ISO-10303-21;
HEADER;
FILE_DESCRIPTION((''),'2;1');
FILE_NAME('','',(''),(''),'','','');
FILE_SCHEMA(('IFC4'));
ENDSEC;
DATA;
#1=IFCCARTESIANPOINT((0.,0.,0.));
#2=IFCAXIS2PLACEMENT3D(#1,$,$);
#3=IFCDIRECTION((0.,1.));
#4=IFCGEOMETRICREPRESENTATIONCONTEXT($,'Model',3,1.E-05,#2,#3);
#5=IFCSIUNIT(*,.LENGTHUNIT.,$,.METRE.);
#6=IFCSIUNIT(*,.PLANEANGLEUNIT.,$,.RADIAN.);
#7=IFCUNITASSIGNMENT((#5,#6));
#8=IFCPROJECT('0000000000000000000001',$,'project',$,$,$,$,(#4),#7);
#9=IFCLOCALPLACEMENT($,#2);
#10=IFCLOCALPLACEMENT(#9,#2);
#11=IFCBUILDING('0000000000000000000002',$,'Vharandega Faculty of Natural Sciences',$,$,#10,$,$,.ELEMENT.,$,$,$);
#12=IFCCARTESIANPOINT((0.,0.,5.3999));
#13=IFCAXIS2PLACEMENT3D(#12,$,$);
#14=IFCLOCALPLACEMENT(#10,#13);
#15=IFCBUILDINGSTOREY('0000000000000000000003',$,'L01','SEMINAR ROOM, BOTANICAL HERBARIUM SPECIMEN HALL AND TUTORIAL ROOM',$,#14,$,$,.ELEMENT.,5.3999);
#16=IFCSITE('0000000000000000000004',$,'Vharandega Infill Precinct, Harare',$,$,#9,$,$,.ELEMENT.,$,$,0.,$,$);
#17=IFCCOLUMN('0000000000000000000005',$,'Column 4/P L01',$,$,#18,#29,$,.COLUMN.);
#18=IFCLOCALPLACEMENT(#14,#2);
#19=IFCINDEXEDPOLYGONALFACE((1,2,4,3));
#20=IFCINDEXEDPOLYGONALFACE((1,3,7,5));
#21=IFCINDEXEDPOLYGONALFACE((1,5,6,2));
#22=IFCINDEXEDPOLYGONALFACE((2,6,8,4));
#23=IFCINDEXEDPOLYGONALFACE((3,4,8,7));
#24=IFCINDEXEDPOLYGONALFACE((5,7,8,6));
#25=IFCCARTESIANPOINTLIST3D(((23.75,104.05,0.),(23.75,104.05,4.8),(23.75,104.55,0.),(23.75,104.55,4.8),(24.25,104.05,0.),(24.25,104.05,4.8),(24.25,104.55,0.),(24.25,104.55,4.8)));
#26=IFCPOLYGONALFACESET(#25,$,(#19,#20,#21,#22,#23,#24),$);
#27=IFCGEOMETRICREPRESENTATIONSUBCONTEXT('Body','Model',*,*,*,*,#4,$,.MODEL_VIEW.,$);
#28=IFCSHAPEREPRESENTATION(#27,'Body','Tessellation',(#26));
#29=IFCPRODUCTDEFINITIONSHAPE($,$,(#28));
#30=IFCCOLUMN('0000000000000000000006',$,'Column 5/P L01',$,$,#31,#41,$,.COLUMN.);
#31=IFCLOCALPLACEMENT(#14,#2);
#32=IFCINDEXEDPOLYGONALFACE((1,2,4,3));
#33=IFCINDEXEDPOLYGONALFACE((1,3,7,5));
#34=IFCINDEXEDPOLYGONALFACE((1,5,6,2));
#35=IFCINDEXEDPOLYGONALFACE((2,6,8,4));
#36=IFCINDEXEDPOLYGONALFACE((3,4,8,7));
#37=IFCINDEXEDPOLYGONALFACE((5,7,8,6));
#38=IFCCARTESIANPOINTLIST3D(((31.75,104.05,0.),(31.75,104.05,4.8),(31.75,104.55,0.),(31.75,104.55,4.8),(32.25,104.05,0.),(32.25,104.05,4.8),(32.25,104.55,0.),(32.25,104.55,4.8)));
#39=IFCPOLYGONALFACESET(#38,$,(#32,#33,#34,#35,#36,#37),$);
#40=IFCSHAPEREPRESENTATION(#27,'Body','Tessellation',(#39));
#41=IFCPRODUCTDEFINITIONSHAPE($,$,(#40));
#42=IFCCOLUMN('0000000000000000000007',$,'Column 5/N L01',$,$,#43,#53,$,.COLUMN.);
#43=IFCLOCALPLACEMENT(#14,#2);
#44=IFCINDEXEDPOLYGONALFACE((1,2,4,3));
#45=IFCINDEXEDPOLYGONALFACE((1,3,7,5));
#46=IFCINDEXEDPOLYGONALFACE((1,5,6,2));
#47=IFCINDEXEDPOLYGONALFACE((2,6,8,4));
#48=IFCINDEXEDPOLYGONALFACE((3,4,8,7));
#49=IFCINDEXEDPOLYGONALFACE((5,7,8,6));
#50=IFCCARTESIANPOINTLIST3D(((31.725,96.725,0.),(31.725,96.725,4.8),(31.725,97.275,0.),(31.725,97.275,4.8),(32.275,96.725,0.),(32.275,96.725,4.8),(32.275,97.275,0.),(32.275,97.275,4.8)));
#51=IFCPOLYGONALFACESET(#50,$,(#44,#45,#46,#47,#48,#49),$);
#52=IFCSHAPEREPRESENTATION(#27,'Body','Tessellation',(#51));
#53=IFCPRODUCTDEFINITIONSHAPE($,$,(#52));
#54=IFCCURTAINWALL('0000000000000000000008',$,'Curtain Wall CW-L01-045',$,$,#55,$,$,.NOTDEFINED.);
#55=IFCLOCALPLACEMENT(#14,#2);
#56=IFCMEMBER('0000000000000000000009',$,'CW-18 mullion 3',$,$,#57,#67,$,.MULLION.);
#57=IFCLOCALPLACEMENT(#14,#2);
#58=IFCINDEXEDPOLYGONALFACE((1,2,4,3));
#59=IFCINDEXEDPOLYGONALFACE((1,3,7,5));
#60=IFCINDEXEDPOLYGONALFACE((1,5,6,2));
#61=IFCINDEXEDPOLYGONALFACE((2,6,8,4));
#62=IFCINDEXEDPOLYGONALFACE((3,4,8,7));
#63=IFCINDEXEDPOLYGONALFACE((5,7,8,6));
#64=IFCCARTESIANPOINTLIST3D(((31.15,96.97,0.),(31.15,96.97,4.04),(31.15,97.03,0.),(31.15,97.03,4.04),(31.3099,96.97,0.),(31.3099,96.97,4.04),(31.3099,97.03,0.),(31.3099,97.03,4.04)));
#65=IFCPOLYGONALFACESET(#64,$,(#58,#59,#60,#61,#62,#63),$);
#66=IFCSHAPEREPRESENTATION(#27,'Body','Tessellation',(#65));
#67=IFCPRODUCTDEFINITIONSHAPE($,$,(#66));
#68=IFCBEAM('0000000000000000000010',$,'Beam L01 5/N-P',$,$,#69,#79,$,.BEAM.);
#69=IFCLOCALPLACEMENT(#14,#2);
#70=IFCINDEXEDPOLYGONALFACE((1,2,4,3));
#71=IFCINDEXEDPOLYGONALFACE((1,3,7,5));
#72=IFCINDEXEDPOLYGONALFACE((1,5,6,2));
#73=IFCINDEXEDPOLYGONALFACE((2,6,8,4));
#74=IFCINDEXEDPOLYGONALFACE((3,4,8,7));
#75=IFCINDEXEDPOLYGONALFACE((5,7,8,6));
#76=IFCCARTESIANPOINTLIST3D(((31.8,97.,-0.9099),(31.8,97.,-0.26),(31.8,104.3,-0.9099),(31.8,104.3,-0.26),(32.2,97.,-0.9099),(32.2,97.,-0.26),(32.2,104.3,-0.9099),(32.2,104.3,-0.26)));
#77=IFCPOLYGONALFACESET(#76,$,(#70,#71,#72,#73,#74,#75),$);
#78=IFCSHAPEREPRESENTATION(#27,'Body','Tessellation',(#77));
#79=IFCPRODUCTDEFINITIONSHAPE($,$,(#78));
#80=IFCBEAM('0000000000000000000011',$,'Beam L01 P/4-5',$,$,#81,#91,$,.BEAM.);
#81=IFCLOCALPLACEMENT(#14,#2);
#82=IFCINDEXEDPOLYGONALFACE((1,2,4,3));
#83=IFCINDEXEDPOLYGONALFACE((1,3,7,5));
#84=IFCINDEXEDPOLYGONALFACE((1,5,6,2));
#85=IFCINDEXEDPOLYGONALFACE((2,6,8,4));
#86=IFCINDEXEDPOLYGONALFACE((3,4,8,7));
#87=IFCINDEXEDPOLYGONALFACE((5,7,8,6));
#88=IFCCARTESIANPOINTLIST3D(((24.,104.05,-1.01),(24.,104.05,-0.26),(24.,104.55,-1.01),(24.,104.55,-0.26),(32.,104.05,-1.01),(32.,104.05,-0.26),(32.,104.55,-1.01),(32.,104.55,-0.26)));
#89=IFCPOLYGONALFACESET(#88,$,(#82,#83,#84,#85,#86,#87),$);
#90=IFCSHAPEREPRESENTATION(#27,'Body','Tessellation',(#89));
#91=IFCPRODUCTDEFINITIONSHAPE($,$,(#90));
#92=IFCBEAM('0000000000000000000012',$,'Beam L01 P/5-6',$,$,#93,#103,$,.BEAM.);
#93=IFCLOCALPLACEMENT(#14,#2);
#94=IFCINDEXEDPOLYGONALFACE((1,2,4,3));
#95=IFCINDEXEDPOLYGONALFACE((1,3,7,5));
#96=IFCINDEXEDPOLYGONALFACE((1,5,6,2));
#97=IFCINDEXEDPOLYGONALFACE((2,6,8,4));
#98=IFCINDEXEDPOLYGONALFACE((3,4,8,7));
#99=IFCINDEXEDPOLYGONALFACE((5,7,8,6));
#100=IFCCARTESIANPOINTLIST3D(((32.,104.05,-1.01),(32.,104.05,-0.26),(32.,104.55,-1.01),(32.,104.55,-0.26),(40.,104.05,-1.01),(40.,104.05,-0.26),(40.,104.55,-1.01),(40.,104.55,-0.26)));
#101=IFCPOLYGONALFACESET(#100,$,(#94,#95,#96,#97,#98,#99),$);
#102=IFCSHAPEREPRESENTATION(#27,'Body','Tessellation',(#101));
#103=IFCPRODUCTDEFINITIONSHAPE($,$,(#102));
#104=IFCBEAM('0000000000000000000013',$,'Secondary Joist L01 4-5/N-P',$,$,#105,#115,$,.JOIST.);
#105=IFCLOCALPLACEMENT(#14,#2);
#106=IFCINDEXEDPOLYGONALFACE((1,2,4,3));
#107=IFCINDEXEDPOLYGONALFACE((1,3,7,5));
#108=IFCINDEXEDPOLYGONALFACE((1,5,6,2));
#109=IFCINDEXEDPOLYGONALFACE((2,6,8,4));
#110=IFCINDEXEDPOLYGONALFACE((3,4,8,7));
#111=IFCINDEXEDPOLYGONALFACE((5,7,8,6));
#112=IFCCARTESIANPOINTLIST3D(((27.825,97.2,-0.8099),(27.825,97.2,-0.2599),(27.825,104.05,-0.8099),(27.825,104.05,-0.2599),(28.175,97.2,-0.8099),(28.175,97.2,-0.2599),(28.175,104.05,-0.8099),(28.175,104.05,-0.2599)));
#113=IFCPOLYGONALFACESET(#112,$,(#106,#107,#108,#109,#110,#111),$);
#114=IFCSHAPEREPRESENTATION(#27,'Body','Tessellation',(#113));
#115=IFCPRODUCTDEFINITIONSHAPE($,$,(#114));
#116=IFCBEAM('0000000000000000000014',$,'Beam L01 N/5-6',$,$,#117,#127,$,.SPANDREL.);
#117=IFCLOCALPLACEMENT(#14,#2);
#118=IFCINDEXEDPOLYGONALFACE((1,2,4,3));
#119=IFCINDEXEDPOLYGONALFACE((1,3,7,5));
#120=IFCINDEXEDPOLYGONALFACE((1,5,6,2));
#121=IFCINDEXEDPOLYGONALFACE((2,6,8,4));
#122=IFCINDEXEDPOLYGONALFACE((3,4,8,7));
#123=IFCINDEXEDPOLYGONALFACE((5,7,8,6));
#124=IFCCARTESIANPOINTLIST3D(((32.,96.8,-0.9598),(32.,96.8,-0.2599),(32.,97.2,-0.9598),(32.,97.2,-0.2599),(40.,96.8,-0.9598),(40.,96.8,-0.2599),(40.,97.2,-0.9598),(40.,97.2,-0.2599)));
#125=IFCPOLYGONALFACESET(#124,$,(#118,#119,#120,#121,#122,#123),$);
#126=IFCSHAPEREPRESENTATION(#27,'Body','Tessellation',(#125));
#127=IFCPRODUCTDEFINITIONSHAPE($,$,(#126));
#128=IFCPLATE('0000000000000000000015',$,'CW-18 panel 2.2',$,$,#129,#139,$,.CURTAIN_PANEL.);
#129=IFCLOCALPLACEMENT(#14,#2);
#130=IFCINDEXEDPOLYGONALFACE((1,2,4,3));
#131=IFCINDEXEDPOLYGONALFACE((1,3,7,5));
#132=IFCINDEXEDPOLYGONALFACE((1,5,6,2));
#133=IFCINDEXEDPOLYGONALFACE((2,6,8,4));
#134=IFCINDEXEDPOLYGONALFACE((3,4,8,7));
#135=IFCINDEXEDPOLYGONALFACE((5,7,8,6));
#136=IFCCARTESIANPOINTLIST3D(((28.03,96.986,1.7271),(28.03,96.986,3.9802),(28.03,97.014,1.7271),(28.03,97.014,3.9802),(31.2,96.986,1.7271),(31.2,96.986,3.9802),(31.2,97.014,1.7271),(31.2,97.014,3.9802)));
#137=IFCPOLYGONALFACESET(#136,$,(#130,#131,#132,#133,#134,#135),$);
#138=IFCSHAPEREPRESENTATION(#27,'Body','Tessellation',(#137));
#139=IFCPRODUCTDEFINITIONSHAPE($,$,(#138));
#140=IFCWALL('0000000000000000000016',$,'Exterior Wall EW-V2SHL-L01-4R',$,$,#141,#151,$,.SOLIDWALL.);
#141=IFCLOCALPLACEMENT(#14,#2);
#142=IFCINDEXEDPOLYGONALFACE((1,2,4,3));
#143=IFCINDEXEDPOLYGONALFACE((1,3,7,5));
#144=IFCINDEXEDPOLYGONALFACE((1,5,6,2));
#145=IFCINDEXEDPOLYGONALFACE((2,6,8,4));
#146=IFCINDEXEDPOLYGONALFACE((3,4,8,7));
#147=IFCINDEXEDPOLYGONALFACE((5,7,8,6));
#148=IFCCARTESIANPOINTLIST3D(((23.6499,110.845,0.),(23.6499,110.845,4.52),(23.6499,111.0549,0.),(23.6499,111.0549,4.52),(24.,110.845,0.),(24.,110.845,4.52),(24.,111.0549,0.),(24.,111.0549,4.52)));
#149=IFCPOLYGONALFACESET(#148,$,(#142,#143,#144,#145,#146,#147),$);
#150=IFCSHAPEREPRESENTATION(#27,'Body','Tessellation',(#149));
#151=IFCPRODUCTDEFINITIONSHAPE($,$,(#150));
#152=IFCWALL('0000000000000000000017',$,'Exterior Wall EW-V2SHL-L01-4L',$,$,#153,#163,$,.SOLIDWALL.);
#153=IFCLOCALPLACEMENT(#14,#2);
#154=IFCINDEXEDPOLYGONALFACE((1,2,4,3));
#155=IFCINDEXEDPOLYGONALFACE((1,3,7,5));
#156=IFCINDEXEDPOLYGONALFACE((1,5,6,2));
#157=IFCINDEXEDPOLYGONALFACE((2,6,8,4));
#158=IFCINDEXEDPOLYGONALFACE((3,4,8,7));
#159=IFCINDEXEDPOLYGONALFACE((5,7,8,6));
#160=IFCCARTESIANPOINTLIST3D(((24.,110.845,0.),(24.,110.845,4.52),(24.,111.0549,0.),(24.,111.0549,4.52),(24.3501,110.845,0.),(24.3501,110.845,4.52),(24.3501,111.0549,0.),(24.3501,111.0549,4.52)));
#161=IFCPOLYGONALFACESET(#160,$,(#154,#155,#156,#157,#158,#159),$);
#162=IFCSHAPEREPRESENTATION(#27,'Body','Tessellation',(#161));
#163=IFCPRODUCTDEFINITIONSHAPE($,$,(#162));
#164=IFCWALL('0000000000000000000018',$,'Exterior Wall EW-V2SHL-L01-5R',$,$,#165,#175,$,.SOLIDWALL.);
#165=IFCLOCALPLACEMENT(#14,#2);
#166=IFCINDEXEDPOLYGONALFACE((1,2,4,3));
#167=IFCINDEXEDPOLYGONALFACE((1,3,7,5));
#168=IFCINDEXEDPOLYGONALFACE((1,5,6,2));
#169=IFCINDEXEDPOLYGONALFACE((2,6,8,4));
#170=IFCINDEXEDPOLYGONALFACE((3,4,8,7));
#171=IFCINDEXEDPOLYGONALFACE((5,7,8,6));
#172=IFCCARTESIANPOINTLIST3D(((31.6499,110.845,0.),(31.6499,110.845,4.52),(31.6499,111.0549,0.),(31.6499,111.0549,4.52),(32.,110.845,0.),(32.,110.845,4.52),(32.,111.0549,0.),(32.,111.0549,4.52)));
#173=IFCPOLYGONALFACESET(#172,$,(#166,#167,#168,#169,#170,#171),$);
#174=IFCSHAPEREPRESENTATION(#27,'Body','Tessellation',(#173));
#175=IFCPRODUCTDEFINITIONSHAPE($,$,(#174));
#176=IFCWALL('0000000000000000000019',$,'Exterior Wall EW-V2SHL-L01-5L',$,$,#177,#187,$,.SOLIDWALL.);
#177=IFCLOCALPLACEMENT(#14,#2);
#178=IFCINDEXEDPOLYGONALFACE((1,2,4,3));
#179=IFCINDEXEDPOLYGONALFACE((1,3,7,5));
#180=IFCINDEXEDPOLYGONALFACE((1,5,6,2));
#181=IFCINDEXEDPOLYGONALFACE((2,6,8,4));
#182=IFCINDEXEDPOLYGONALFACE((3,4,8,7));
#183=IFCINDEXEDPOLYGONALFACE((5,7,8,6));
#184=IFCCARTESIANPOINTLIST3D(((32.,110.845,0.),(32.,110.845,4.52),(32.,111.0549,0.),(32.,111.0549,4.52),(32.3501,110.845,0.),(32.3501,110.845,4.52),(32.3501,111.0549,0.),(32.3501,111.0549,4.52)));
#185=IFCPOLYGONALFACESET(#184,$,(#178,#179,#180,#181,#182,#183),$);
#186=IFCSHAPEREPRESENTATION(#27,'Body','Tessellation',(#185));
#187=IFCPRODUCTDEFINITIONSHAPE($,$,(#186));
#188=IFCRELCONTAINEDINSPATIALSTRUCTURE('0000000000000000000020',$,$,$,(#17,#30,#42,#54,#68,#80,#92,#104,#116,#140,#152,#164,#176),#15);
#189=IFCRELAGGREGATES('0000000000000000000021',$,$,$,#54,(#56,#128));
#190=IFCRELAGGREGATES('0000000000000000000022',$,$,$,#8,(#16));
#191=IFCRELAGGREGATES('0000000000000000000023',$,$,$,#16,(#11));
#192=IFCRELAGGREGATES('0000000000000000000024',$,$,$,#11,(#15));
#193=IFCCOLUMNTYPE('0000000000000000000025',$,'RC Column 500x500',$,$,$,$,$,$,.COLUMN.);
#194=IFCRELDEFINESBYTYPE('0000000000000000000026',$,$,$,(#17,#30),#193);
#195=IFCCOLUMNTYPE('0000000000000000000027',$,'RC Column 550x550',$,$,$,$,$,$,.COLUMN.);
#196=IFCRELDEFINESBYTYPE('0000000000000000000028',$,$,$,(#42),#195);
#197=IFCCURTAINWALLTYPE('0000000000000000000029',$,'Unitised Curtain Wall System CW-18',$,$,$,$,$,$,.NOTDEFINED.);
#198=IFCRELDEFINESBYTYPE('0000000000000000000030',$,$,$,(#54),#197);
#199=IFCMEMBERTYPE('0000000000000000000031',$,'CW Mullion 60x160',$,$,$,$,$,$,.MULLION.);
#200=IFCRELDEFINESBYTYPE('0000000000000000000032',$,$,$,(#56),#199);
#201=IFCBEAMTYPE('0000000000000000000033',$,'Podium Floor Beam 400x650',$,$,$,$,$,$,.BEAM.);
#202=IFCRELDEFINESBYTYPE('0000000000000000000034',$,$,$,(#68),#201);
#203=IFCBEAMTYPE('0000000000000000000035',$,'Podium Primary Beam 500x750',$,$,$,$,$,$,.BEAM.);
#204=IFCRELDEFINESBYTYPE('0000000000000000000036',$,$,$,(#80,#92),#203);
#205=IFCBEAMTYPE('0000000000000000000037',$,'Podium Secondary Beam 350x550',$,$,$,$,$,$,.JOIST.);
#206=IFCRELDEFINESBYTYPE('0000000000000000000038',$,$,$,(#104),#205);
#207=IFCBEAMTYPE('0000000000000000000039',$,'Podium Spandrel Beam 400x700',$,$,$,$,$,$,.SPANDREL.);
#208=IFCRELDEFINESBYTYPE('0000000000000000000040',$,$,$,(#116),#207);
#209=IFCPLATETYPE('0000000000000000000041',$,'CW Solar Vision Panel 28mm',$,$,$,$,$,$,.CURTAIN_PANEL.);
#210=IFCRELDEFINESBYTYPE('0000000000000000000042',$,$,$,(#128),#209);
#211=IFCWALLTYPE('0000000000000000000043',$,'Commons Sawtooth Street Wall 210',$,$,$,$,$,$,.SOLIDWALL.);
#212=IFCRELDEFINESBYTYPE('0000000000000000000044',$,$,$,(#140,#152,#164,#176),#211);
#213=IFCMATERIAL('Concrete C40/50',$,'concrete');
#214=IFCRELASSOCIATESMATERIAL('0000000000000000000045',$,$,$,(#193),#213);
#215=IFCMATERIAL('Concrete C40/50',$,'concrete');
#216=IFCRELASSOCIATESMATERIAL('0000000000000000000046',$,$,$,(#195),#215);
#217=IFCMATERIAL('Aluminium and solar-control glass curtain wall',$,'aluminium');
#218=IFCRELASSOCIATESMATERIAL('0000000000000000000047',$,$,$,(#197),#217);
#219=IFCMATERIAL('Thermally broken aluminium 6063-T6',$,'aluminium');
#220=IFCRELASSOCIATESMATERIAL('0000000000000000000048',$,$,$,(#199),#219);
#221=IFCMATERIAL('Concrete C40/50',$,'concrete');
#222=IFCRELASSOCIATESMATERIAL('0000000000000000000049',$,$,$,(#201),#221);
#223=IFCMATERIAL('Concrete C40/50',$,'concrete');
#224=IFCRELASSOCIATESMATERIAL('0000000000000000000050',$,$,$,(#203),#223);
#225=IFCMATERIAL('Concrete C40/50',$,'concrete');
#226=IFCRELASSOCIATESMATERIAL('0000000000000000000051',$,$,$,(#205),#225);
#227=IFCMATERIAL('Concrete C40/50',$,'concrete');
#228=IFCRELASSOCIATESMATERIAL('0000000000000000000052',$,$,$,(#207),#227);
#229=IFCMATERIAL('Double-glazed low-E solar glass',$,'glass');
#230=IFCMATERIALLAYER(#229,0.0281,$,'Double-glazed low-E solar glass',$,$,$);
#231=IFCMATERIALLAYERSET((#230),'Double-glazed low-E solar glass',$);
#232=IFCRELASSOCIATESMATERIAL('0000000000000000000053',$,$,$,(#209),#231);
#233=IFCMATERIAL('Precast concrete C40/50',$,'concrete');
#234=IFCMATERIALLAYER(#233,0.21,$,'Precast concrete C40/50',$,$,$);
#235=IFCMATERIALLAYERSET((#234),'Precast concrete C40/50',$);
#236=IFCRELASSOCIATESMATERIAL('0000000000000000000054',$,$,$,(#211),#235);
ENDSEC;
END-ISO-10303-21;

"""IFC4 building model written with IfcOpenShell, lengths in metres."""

from ifc_helpers import new_model, si_unit, direction, frame, frame_2d, origin, origin_2d, place, context, subcontext, project, spatial, rectangle, extrude, material, layer, layer_set, material_profile, profile_set, type_object, element, aggregate, save


model = new_model("IFC4")

# Units and contexts
model_context = context("Model", 3, precision=1e-05, world=origin(), true_north=direction((0.0, 1.0)))
body_context = subcontext(model_context, "Body", "Model", "MODEL_VIEW")
ifc_project = project(units=[si_unit("LENGTHUNIT", "METRE"), si_unit("PLANEANGLEUNIT", "RADIAN")], contexts=[model_context])

# Site, building, storey
site_placement = place(None, origin())
site = spatial("IfcSite", under=ifc_project, at=site_placement, Name="Vharandega Infill Precinct, Harare", CompositionType="ELEMENT", RefElevation=0.0)
building_placement = place(site_placement, origin())
building = spatial("IfcBuilding", under=site, at=building_placement, Name="Vharandega Faculty of Natural Sciences", CompositionType="ELEMENT")
storey_placement = place(building_placement, frame((0.0, 0.0, 5.3999)))
storey = spatial("IfcBuildingStorey", under=building, at=storey_placement, Name="L01", Description="SEMINAR ROOM, BOTANICAL HERBARIUM SPECIMEN HALL AND TUTORIAL ROOM", CompositionType="ELEMENT", Elevation=5.3999)

# Columns
ifc_material_1 = material(Name="Concrete C40/50", Category="concrete")
ifc_material_profile_1 = material_profile(ifc_material_1, rectangle(XDim=0.5, YDim=0.5, at=origin_2d()), Name="RC 500x500")
ifc_profile_set_1 = profile_set([ifc_material_profile_1], Name="Concrete C40/50")
column_type_1 = type_object("IfcColumnType", Name="RC Column 500x500", PredefinedType="COLUMN", material=ifc_profile_set_1)
for number, where, z_axis, x_axis, name in (
    (1, (24.0, 104.3, 0.0), (0.0, 0.0, 1.0), (1.0, 0.0, 0.0), "Column 4/P L01"),
    (2, (32.0, 104.3, 0.0), (0.0, 0.0, 1.0), (1.0, 0.0, 0.0), "Column 5/P L01"),
):
    element("IfcColumn", number, at=place(storey_placement, frame(where, z_axis=z_axis, x_axis=x_axis)), inside=storey, type_object=column_type_1, Name=name, PredefinedType="COLUMN", context=body_context, shape_type="SweptSolid", body=[
        extrude(rectangle(XDim=0.5, YDim=0.5, at=origin_2d()), origin(), (0.0, 0.0, 1.0), 4.8),
    ])
ifc_material_2 = material(Name="Concrete C40/50", Category="concrete")
ifc_material_profile_2 = material_profile(ifc_material_2, rectangle(XDim=0.55, YDim=0.55, at=origin_2d()), Name="RC 550x550")
ifc_profile_set_2 = profile_set([ifc_material_profile_2], Name="Concrete C40/50")
column_type_2 = type_object("IfcColumnType", Name="RC Column 550x550", PredefinedType="COLUMN", material=ifc_profile_set_2)
column_placement = place(storey_placement, frame((32.0, 97.0, 0.0), z_axis=(0.0, 0.0, 1.0), x_axis=(1.0, 0.0, 0.0)))
element("IfcColumn", 3, at=column_placement, inside=storey, type_object=column_type_2, Name="Column 5/N L01", PredefinedType="COLUMN", context=body_context, shape_type="SweptSolid", body=[
    extrude(rectangle(XDim=0.55, YDim=0.55, at=origin_2d()), origin(), (0.0, 0.0, 1.0), 4.8),
])

# Curtain wall, member
ifc_material_3 = material(Name="Aluminium and solar-control glass curtain wall", Category="aluminium")
curtain_wall_type = type_object("IfcCurtainWallType", Name="Unitised Curtain Wall System CW-18", PredefinedType="NOTDEFINED", material=ifc_material_3)
curtain_wall_placement = place(storey_placement, origin())
curtain_wall = element("IfcCurtainWall", 4, at=curtain_wall_placement, inside=storey, type_object=curtain_wall_type, Name="Curtain Wall CW-L01-045", PredefinedType="NOTDEFINED")
ifc_material_4 = material(Name="Thermally broken aluminium 6063-T6", Category="aluminium")
ifc_material_profile_3 = material_profile(ifc_material_4, rectangle(XDim=0.0601, YDim=0.1599, at=origin_2d()), Name="ALU 60x160")
ifc_profile_set_3 = profile_set([ifc_material_profile_3], Name="Thermally broken aluminium 6063-T6")
member_type = type_object("IfcMemberType", Name="CW Mullion 60x160", PredefinedType="MULLION", material=ifc_profile_set_3)
member_placement = place(storey_placement, frame((31.23, 97.0, 0.0), z_axis=(0.0, 0.0, 1.0), x_axis=(0.0, 1.0, 0.0)))
member = element("IfcMember", 5, at=member_placement, type_object=member_type, Name="CW-18 mullion 3", PredefinedType="MULLION", context=body_context, shape_type="SweptSolid", body=[
    extrude(rectangle(XDim=0.0601, YDim=0.1599, at=origin_2d()), origin(), (0.0, 0.0, 1.0), 4.04),
])

# Beams
ifc_material_5 = material(Name="Concrete C40/50", Category="concrete")
ifc_material_profile_4 = material_profile(ifc_material_5, rectangle(XDim=0.3999, YDim=0.6499, at=origin_2d()), Name="RC 400x650")
ifc_profile_set_4 = profile_set([ifc_material_profile_4], Name="Concrete C40/50")
beam_type_1 = type_object("IfcBeamType", Name="Podium Floor Beam 400x650", PredefinedType="BEAM", material=ifc_profile_set_4)
beam_1_placement = place(storey_placement, frame((32.0, 97.0, -0.585), z_axis=(0.0, 1.0, 0.0), x_axis=(-1.0, 0.0, 0.0)))
element("IfcBeam", 6, at=beam_1_placement, inside=storey, type_object=beam_type_1, Name="Beam L01 5/N-P", PredefinedType="BEAM", context=body_context, shape_type="SweptSolid", body=[
    extrude(rectangle(XDim=0.3999, YDim=0.6499, at=origin_2d()), origin(), (0.0, 0.0, 1.0), 7.3),
])
ifc_material_6 = material(Name="Concrete C40/50", Category="concrete")
ifc_material_profile_5 = material_profile(ifc_material_6, rectangle(XDim=0.5, YDim=0.75, at=origin_2d()), Name="RC 500x750")
ifc_profile_set_5 = profile_set([ifc_material_profile_5], Name="Concrete C40/50")
beam_type_2 = type_object("IfcBeamType", Name="Podium Primary Beam 500x750", PredefinedType="BEAM", material=ifc_profile_set_5)
for number, where, z_axis, x_axis, name in (
    (7, (24.0, 104.3, -0.635), (1.0, 0.0, 0.0), (0.0, 1.0, 0.0), "Beam L01 P/4-5"),
    (8, (32.0, 104.3, -0.635), (1.0, 0.0, 0.0), (0.0, 1.0, 0.0), "Beam L01 P/5-6"),
):
    element("IfcBeam", number, at=place(storey_placement, frame(where, z_axis=z_axis, x_axis=x_axis)), inside=storey, type_object=beam_type_2, Name=name, PredefinedType="BEAM", context=body_context, shape_type="SweptSolid", body=[
        extrude(rectangle(XDim=0.5, YDim=0.75, at=origin_2d()), origin(), (0.0, 0.0, 1.0), 8.0),
    ])
ifc_material_7 = material(Name="Concrete C40/50", Category="concrete")
ifc_material_profile_6 = material_profile(ifc_material_7, rectangle(XDim=0.3501, YDim=0.55, at=origin_2d()), Name="RC 350x550")
ifc_profile_set_6 = profile_set([ifc_material_profile_6], Name="Concrete C40/50")
beam_type_3 = type_object("IfcBeamType", Name="Podium Secondary Beam 350x550", PredefinedType="JOIST", material=ifc_profile_set_6)
beam_2_placement = place(storey_placement, frame((28.0, 97.2, -0.5349), z_axis=(0.0, 1.0, 0.0), x_axis=(-1.0, 0.0, 0.0)))
element("IfcBeam", 9, at=beam_2_placement, inside=storey, type_object=beam_type_3, Name="Secondary Joist L01 4-5/N-P", PredefinedType="JOIST", context=body_context, shape_type="SweptSolid", body=[
    extrude(rectangle(XDim=0.3501, YDim=0.55, at=origin_2d()), origin(), (0.0, 0.0, 1.0), 6.8501),
])
ifc_material_8 = material(Name="Concrete C40/50", Category="concrete")
ifc_material_profile_7 = material_profile(ifc_material_8, rectangle(XDim=0.3999, YDim=0.7, at=origin_2d()), Name="RC 400x700")
ifc_profile_set_7 = profile_set([ifc_material_profile_7], Name="Concrete C40/50")
beam_type_4 = type_object("IfcBeamType", Name="Podium Spandrel Beam 400x700", PredefinedType="SPANDREL", material=ifc_profile_set_7)
beam_3_placement = place(storey_placement, frame((32.0, 97.0, -0.6099), z_axis=(1.0, 0.0, 0.0), x_axis=(0.0, 1.0, 0.0)))
element("IfcBeam", 10, at=beam_3_placement, inside=storey, type_object=beam_type_4, Name="Beam L01 N/5-6", PredefinedType="SPANDREL", context=body_context, shape_type="SweptSolid", body=[
    extrude(rectangle(XDim=0.3999, YDim=0.7, at=origin_2d()), origin(), (0.0, 0.0, 1.0), 8.0),
])

# Plate
ifc_material_9 = material(Name="Double-glazed low-E solar glass", Category="glass")
ifc_layer_1 = layer(ifc_material_9, 0.0281, Name="Double-glazed low-E solar glass")
ifc_layer_set_1 = layer_set([ifc_layer_1], Name="Double-glazed low-E solar glass")
plate_type = type_object("IfcPlateType", Name="CW Solar Vision Panel 28mm", PredefinedType="CURTAIN_PANEL", material=ifc_layer_set_1)
plate_placement = place(storey_placement, frame((29.615, 97.0, 1.7271), z_axis=(0.0, 0.0, 1.0), x_axis=(1.0, 0.0, 0.0)))
plate = element("IfcPlate", 11, at=plate_placement, type_object=plate_type, Name="CW-18 panel 2.2", PredefinedType="CURTAIN_PANEL", context=body_context, shape_type="SweptSolid", body=[
    extrude(rectangle(XDim=3.1699, YDim=0.0281, at=origin_2d()), origin(), (0.0, 0.0, 1.0), 2.2532),
])
aggregate(curtain_wall, [member, plate])

# Walls
ifc_material_10 = material(Name="Precast concrete C40/50", Category="concrete")
ifc_layer_2 = layer(ifc_material_10, 0.21, Name="Precast concrete C40/50")
ifc_layer_set_2 = layer_set([ifc_layer_2], Name="Precast concrete C40/50")
wall_type = type_object("IfcWallType", Name="Commons Sawtooth Street Wall 210", PredefinedType="SOLIDWALL", material=ifc_layer_set_2)
for number, where, z_axis, x_axis, name in (
    (12, (23.6499, 110.95, 0.0), (0.0, 0.0, 1.0), (1.0, 0.0, 0.0), "Exterior Wall EW-V2SHL-L01-4R"),
    (13, (24.0, 110.95, 0.0), (0.0, 0.0, 1.0), (1.0, 0.0, 0.0), "Exterior Wall EW-V2SHL-L01-4L"),
    (14, (31.6499, 110.95, 0.0), (0.0, 0.0, 1.0), (1.0, 0.0, 0.0), "Exterior Wall EW-V2SHL-L01-5R"),
    (15, (32.0, 110.95, 0.0), (0.0, 0.0, 1.0), (1.0, 0.0, 0.0), "Exterior Wall EW-V2SHL-L01-5L"),
):
    element("IfcWall", number, at=place(storey_placement, frame(where, z_axis=z_axis, x_axis=x_axis)), inside=storey, type_object=wall_type, Name=name, PredefinedType="SOLIDWALL", context=body_context, shape_type="SweptSolid", body=[
        extrude(rectangle(XDim=0.3501, YDim=0.21, at=frame_2d((0.175, 0.0))), origin(), (0.0, 0.0, 1.0), 4.52),
    ])

save(model, "model.ifc")
